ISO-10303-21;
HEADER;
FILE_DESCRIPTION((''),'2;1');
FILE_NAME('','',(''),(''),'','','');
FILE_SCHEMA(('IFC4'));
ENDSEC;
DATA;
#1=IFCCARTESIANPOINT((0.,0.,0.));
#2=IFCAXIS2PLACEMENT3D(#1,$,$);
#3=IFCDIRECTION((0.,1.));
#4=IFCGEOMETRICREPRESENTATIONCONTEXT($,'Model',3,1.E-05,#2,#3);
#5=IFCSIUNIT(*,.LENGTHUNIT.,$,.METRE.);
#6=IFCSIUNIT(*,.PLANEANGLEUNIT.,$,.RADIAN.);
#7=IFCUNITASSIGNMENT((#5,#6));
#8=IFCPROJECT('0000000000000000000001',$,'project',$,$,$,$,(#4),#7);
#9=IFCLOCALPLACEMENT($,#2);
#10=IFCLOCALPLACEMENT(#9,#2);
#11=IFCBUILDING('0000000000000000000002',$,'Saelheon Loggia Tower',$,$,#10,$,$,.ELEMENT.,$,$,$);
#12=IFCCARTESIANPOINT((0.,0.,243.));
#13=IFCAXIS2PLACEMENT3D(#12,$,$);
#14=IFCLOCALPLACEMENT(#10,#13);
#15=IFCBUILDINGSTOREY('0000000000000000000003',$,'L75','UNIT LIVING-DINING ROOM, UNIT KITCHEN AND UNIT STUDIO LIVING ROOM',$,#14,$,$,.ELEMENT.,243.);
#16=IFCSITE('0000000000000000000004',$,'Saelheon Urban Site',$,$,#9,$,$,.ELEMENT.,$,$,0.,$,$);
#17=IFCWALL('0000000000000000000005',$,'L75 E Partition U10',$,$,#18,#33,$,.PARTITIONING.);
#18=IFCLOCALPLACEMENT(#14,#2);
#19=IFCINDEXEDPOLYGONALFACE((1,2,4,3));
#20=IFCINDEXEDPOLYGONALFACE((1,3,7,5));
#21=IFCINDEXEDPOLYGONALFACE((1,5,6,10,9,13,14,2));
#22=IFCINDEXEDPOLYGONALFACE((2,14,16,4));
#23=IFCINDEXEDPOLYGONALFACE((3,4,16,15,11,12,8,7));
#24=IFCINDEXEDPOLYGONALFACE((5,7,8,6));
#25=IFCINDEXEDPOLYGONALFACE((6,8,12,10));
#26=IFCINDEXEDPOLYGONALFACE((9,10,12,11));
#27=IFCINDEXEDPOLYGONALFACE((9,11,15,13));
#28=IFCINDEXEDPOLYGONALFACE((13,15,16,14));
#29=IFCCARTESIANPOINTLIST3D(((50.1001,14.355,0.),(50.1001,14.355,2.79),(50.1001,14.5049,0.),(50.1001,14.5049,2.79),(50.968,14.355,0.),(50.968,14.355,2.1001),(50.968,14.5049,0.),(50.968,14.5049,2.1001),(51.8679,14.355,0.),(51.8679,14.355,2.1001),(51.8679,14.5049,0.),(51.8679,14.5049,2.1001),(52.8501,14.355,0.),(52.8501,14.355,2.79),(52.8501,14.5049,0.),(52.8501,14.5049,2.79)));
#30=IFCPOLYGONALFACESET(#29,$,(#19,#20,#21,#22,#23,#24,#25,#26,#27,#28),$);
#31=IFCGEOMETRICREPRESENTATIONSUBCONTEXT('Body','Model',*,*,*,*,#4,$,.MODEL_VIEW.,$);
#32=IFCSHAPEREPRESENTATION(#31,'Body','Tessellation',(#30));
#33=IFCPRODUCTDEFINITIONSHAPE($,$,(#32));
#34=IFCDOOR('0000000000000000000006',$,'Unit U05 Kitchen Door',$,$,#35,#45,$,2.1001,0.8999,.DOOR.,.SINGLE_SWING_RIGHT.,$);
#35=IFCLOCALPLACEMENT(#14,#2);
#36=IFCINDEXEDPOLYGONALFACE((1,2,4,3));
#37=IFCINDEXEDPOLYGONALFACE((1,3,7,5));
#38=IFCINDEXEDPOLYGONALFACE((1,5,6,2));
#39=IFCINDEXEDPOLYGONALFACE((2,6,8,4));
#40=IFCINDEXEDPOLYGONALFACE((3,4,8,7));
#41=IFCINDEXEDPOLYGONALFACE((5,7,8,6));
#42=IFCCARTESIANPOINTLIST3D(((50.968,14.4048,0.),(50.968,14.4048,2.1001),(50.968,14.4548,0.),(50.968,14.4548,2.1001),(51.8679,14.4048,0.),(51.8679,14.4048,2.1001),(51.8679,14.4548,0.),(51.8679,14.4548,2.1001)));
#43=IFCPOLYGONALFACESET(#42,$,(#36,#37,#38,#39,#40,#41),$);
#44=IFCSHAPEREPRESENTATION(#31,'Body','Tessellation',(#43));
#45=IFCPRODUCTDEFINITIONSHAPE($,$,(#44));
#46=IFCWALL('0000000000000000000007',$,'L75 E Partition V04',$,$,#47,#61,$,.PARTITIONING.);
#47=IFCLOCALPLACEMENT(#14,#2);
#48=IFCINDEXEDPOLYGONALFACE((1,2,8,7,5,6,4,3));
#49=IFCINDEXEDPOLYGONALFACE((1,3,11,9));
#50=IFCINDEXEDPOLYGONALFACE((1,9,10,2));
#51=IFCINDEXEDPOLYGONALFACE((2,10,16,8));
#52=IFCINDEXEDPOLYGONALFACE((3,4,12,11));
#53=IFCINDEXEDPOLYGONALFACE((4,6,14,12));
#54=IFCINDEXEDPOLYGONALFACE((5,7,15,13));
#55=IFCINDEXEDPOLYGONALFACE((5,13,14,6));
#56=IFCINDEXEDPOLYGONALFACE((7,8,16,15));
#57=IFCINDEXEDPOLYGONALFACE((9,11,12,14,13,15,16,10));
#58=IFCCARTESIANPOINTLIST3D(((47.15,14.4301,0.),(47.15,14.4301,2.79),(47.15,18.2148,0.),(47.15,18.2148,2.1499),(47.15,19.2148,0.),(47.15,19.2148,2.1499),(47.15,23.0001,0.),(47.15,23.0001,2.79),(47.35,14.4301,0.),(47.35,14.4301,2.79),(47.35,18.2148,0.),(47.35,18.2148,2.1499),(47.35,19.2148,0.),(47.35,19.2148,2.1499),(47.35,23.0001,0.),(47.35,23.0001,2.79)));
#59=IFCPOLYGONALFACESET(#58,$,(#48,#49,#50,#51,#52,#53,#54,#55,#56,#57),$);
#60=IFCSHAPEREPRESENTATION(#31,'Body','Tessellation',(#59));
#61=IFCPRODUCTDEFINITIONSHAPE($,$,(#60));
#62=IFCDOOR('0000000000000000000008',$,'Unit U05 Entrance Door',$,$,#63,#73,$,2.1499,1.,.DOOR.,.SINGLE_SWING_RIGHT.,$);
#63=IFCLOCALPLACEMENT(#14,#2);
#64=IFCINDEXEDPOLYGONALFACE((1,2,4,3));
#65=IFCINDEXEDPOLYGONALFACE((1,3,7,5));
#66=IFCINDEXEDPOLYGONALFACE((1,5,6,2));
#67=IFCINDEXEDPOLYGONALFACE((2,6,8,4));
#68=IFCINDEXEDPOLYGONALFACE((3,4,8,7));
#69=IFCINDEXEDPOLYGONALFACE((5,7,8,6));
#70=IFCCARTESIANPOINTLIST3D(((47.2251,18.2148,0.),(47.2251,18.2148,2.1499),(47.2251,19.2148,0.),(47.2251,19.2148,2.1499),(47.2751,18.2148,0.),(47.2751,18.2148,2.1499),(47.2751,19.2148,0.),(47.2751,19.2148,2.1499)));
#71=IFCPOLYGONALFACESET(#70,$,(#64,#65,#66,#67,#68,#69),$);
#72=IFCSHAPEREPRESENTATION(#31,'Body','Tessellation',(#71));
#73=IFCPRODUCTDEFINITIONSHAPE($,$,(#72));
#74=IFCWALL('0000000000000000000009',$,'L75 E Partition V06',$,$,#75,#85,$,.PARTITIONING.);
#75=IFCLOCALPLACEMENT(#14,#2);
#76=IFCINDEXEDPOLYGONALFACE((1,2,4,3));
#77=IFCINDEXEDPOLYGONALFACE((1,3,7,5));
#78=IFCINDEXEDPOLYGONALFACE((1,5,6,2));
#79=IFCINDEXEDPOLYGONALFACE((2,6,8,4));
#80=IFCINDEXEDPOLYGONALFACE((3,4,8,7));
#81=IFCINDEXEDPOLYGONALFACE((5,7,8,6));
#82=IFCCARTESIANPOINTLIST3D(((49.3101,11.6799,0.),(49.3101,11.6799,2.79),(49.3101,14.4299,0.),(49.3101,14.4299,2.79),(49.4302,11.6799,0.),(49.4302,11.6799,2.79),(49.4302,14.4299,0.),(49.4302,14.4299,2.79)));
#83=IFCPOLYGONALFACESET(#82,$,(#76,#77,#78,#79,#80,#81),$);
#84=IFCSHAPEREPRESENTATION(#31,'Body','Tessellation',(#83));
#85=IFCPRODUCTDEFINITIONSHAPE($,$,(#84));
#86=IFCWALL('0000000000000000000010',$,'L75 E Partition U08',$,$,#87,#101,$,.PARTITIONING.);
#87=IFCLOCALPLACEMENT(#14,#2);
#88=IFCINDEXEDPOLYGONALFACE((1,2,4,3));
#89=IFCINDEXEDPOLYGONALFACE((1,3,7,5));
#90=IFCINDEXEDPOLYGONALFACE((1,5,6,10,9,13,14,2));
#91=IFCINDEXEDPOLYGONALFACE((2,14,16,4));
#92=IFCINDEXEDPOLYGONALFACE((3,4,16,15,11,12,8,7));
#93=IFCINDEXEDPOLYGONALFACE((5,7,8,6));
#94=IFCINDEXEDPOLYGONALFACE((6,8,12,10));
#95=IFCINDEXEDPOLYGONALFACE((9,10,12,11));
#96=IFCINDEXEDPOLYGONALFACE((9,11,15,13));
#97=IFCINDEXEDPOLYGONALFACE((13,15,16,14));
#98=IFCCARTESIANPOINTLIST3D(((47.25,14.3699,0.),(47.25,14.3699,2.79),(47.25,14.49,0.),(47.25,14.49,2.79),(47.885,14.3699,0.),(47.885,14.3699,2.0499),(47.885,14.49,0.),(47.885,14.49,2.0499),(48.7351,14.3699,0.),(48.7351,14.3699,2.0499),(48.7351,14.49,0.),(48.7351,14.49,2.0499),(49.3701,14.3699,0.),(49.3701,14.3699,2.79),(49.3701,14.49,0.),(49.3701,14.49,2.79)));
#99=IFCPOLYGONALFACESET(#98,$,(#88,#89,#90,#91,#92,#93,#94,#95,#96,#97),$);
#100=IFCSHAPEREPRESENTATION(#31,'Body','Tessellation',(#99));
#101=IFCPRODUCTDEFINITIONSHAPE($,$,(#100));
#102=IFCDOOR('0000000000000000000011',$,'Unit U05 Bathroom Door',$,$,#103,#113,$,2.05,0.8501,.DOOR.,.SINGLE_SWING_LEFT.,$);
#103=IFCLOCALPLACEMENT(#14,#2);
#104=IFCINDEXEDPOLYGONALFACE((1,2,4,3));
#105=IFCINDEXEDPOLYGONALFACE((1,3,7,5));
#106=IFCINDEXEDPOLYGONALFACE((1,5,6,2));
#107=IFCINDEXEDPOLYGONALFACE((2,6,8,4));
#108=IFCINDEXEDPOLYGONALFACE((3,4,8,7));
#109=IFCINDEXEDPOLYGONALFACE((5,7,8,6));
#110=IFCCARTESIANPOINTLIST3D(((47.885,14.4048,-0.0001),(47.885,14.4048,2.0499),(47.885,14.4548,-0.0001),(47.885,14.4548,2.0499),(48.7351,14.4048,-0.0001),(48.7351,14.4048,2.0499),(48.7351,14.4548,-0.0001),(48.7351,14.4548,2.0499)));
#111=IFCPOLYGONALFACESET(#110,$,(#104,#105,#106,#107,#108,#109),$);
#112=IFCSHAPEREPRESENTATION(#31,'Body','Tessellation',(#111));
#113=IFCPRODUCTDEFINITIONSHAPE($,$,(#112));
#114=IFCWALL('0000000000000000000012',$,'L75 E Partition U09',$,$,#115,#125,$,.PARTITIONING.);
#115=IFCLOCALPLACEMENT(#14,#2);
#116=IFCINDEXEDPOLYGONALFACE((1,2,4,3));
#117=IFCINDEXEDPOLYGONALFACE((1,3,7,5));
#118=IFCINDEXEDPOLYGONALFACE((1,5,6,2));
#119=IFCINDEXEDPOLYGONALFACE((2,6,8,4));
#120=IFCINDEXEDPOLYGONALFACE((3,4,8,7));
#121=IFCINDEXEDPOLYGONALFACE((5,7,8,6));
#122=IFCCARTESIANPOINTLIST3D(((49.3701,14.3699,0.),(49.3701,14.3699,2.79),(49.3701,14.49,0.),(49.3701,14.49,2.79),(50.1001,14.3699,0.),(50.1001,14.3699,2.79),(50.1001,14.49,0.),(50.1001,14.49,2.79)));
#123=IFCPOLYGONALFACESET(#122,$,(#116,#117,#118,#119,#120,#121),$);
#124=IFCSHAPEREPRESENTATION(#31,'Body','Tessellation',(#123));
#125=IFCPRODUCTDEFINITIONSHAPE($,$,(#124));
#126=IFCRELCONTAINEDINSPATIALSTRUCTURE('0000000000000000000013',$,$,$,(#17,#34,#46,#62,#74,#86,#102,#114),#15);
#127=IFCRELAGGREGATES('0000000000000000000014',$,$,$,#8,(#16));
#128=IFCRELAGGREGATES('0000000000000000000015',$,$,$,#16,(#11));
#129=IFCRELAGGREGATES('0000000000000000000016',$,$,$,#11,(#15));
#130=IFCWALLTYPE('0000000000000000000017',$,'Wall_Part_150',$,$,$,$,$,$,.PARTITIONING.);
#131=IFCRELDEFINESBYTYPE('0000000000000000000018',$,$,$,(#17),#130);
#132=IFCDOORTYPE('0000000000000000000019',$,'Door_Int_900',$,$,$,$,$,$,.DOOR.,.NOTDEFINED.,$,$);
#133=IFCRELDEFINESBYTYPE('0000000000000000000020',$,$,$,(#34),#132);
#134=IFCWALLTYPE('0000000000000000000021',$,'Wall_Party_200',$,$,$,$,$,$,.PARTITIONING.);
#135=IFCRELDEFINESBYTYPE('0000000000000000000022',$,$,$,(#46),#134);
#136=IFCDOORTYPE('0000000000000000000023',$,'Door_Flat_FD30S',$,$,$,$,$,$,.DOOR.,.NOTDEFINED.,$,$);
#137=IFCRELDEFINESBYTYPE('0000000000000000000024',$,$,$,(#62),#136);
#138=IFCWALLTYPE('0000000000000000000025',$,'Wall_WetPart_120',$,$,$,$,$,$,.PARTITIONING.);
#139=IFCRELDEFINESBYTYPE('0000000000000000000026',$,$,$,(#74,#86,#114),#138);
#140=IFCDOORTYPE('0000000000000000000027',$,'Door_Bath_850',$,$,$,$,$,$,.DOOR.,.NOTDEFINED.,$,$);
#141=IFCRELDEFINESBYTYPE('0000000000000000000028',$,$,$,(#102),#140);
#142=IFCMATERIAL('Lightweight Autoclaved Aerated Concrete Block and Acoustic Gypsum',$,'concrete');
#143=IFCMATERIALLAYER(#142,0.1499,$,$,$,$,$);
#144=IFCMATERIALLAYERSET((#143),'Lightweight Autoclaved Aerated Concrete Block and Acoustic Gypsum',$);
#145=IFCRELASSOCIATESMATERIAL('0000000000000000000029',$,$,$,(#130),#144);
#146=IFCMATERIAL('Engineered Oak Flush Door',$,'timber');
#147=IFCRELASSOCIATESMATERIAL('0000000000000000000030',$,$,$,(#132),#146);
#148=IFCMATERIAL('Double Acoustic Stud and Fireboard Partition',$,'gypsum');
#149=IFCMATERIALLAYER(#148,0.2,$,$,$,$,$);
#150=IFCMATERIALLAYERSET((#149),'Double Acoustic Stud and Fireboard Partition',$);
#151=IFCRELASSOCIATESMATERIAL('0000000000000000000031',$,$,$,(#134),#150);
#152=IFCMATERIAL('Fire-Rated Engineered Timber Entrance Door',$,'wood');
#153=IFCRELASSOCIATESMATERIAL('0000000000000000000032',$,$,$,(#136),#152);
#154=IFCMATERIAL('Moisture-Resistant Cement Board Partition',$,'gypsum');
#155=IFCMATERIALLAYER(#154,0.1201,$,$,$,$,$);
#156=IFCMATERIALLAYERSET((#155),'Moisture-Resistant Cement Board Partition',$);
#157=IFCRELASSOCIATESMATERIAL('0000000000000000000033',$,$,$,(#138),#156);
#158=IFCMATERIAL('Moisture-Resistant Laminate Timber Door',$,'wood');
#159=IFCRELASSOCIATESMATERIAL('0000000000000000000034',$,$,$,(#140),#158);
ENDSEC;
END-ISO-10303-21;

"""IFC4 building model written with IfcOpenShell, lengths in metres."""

from ifc_helpers import new_model, si_unit, direction, frame, frame_2d, origin, place, context, subcontext, project, spatial, rectangle, extrude, source, transform, mapped, material, layer, layer_set, type_object, element, fill, save


model = new_model("IFC4")

# Units and contexts
model_context = context("Model", 3, precision=1e-05, world=origin(), true_north=direction((0.0, 1.0)))
body_context = subcontext(model_context, "Body", "Model", "MODEL_VIEW")
ifc_project = project(units=[si_unit("LENGTHUNIT", "METRE"), si_unit("PLANEANGLEUNIT", "RADIAN")], contexts=[model_context])

# Site, building, storey
site_placement = place(None, origin())
site = spatial("IfcSite", under=ifc_project, at=site_placement, Name="Saelheon Urban Site", CompositionType="ELEMENT", RefElevation=0.0)
building_placement = place(site_placement, origin())
building = spatial("IfcBuilding", under=site, at=building_placement, Name="Saelheon Loggia Tower", CompositionType="ELEMENT")
storey_placement = place(building_placement, frame((0.0, 0.0, 243.0)))
storey = spatial("IfcBuildingStorey", under=building, at=storey_placement, Name="L75", Description="UNIT LIVING-DINING ROOM, UNIT KITCHEN AND UNIT STUDIO LIVING ROOM", CompositionType="ELEMENT", Elevation=243.0)

# Walls, openings, doors
ifc_material_1 = material(Name="Lightweight Autoclaved Aerated Concrete Block and Acoustic Gypsum", Category="concrete")
ifc_layer_1 = layer(ifc_material_1, 0.1499)
ifc_layer_set_1 = layer_set([ifc_layer_1], Name="Lightweight Autoclaved Aerated Concrete Block and Acoustic Gypsum")
wall_type_1 = type_object("IfcWallType", Name="Wall_Part_150", PredefinedType="PARTITIONING", material=ifc_layer_set_1)
wall_1_placement = place(storey_placement, frame((50.1001, 14.4299, 0.0), z_axis=(0.0, 0.0, 1.0), x_axis=(1.0, 0.0, 0.0)))
wall_1 = element("IfcWall", 1, at=wall_1_placement, inside=storey, type_object=wall_type_1, Name="L75 E Partition U10", PredefinedType="PARTITIONING", context=body_context, shape_type="SweptSolid", body=[
    extrude(rectangle(XDim=2.75, YDim=0.1499, at=frame_2d((1.375, 0.0))), origin(), (0.0, 0.0, 1.0), 2.79),
])
opening_1_placement = place(wall_1_placement, frame((0.8679, 0.0, 0.0)))
opening_1 = element("IfcOpeningElement", 2, at=opening_1_placement, cuts=wall_1, PredefinedType="OPENING", context=body_context, shape_type="SweptSolid", body=[
    extrude(rectangle(XDim=0.8999, YDim=2.1001, at=frame_2d((0.45, 1.05))), frame((0.0, 0.0869, 0.0), z_axis=(0.0, -1.0, 0.0), x_axis=(1.0, 0.0, 0.0)), (0.0, 0.0, 1.0), 0.1738),
])
ifc_material_2 = material(Name="Engineered Oak Flush Door", Category="timber")
door_type_1 = type_object("IfcDoorType", Name="Door_Int_900", OperationType="NOTDEFINED", PredefinedType="DOOR", material=ifc_material_2)
shared_shape_1 = source(origin(), body_context, "Body", "SweptSolid", [
    extrude(rectangle(XDim=0.8999, YDim=2.1001, at=frame_2d((0.45, 1.05))), frame((0.0, 0.0249, 0.0), z_axis=(0.0, -1.0, 0.0), x_axis=(1.0, 0.0, 0.0)), (0.0, 0.0, 1.0), 0.05),
])
door_1_placement = place(opening_1_placement, origin())
door_1 = element("IfcDoor", 3, at=door_1_placement, inside=storey, type_object=door_type_1, Name="Unit U05 Kitchen Door", OperationType="SINGLE_SWING_RIGHT", OverallHeight=2.1001, OverallWidth=0.8999, PredefinedType="DOOR", context=body_context, shape_type="MappedRepresentation", body=[
    mapped(shared_shape_1, transform((0.0, 0.0, 0.0), scale=1.0)),
])
fill(opening_1, door_1)
ifc_material_3 = material(Name="Double Acoustic Stud and Fireboard Partition", Category="gypsum")
ifc_layer_2 = layer(ifc_material_3, 0.2)
ifc_layer_set_2 = layer_set([ifc_layer_2], Name="Double Acoustic Stud and Fireboard Partition")
wall_type_2 = type_object("IfcWallType", Name="Wall_Party_200", PredefinedType="PARTITIONING", material=ifc_layer_set_2)
wall_2_placement = place(storey_placement, frame((47.25, 14.4299, 0.0), z_axis=(0.0, 0.0, 1.0), x_axis=(0.0, 1.0, 0.0)))
wall_2 = element("IfcWall", 4, at=wall_2_placement, inside=storey, type_object=wall_type_2, Name="L75 E Partition V04", PredefinedType="PARTITIONING", context=body_context, shape_type="SweptSolid", body=[
    extrude(rectangle(XDim=8.5701, YDim=0.2, at=frame_2d((4.2852, 0.0))), origin(), (0.0, 0.0, 1.0), 2.79),
])
opening_2_placement = place(wall_2_placement, frame((3.7849, 0.0, 0.0)))
opening_2 = element("IfcOpeningElement", 5, at=opening_2_placement, cuts=wall_2, PredefinedType="OPENING", context=body_context, shape_type="SweptSolid", body=[
    extrude(rectangle(XDim=1.0, YDim=2.1499, at=frame_2d((0.5, 1.075))), frame((0.0, 0.1121, 0.0), z_axis=(0.0, -1.0, 0.0), x_axis=(1.0, 0.0, 0.0)), (0.0, 0.0, 1.0), 0.2239),
])
ifc_material_4 = material(Name="Fire-Rated Engineered Timber Entrance Door", Category="wood")
door_type_2 = type_object("IfcDoorType", Name="Door_Flat_FD30S", OperationType="NOTDEFINED", PredefinedType="DOOR", material=ifc_material_4)
shared_shape_2 = source(origin(), body_context, "Body", "SweptSolid", [
    extrude(rectangle(XDim=1.0, YDim=2.1499, at=frame_2d((0.5, 1.075))), frame((0.0, 0.0249, 0.0), z_axis=(0.0, -1.0, 0.0), x_axis=(1.0, 0.0, 0.0)), (0.0, 0.0, 1.0), 0.05),
])
door_2_placement = place(opening_2_placement, origin())
door_2 = element("IfcDoor", 6, at=door_2_placement, inside=storey, type_object=door_type_2, Name="Unit U05 Entrance Door", OperationType="SINGLE_SWING_RIGHT", OverallHeight=2.1499, OverallWidth=1.0, PredefinedType="DOOR", context=body_context, shape_type="MappedRepresentation", body=[
    mapped(shared_shape_2, transform((0.0, 0.0, 0.0), scale=1.0)),
])
fill(opening_2, door_2)

# Wall
ifc_material_5 = material(Name="Moisture-Resistant Cement Board Partition", Category="gypsum")
ifc_layer_3 = layer(ifc_material_5, 0.1201)
ifc_layer_set_3 = layer_set([ifc_layer_3], Name="Moisture-Resistant Cement Board Partition")
wall_type_3 = type_object("IfcWallType", Name="Wall_WetPart_120", PredefinedType="PARTITIONING", material=ifc_layer_set_3)
wall_3_placement = place(storey_placement, frame((49.3701, 11.6799, 0.0), z_axis=(0.0, 0.0, 1.0), x_axis=(0.0, 1.0, 0.0)))
element("IfcWall", 7, at=wall_3_placement, inside=storey, type_object=wall_type_3, Name="L75 E Partition V06", PredefinedType="PARTITIONING", context=body_context, shape_type="SweptSolid", body=[
    extrude(rectangle(XDim=2.75, YDim=0.1201, at=frame_2d((1.375, 0.0))), origin(), (0.0, 0.0, 1.0), 2.79),
])

# Wall, opening, door
wall_4_placement = place(storey_placement, frame((47.25, 14.4299, 0.0), z_axis=(0.0, 0.0, 1.0), x_axis=(1.0, 0.0, 0.0)))
wall_4 = element("IfcWall", 8, at=wall_4_placement, inside=storey, type_object=wall_type_3, Name="L75 E Partition U08", PredefinedType="PARTITIONING", context=body_context, shape_type="SweptSolid", body=[
    extrude(rectangle(XDim=2.1201, YDim=0.1201, at=frame_2d((1.0601, 0.0))), origin(), (0.0, 0.0, 1.0), 2.79),
])
opening_3_placement = place(wall_4_placement, frame((0.635, 0.0, 0.0)))
opening_3 = element("IfcOpeningElement", 9, at=opening_3_placement, cuts=wall_4, PredefinedType="OPENING", context=body_context, shape_type="SweptSolid", body=[
    extrude(rectangle(XDim=0.8501, YDim=2.05, at=frame_2d((0.425, 1.0249))), frame((0.0, 0.072, 0.0), z_axis=(0.0, -1.0, 0.0), x_axis=(1.0, 0.0, 0.0)), (0.0, 0.0, 1.0), 0.144),
])
ifc_material_6 = material(Name="Moisture-Resistant Laminate Timber Door", Category="wood")
door_type_3 = type_object("IfcDoorType", Name="Door_Bath_850", OperationType="NOTDEFINED", PredefinedType="DOOR", material=ifc_material_6)
shared_shape_3 = source(origin(), body_context, "Body", "SweptSolid", [
    extrude(rectangle(XDim=0.8501, YDim=2.05, at=frame_2d((0.425, 1.0249))), frame((0.0, 0.0249, 0.0), z_axis=(0.0, -1.0, 0.0), x_axis=(1.0, 0.0, 0.0)), (0.0, 0.0, 1.0), 0.05),
])
door_3_placement = place(opening_3_placement, origin())
door_3 = element("IfcDoor", 10, at=door_3_placement, inside=storey, type_object=door_type_3, Name="Unit U05 Bathroom Door", OperationType="SINGLE_SWING_LEFT", OverallHeight=2.05, OverallWidth=0.8501, PredefinedType="DOOR", context=body_context, shape_type="MappedRepresentation", body=[
    mapped(shared_shape_3, transform((0.0, 0.0, 0.0), scale=1.0)),
])
fill(opening_3, door_3)

# Wall
wall_5_placement = place(storey_placement, frame((49.3701, 14.4299, 0.0), z_axis=(0.0, 0.0, 1.0), x_axis=(1.0, 0.0, 0.0)))
element("IfcWall", 11, at=wall_5_placement, inside=storey, type_object=wall_type_3, Name="L75 E Partition U09", PredefinedType="PARTITIONING", context=body_context, shape_type="SweptSolid", body=[
    extrude(rectangle(XDim=0.73, YDim=0.1201, at=frame_2d((0.365, 0.0))), origin(), (0.0, 0.0, 1.0), 2.79),
])

save(model, "model.ifc")
